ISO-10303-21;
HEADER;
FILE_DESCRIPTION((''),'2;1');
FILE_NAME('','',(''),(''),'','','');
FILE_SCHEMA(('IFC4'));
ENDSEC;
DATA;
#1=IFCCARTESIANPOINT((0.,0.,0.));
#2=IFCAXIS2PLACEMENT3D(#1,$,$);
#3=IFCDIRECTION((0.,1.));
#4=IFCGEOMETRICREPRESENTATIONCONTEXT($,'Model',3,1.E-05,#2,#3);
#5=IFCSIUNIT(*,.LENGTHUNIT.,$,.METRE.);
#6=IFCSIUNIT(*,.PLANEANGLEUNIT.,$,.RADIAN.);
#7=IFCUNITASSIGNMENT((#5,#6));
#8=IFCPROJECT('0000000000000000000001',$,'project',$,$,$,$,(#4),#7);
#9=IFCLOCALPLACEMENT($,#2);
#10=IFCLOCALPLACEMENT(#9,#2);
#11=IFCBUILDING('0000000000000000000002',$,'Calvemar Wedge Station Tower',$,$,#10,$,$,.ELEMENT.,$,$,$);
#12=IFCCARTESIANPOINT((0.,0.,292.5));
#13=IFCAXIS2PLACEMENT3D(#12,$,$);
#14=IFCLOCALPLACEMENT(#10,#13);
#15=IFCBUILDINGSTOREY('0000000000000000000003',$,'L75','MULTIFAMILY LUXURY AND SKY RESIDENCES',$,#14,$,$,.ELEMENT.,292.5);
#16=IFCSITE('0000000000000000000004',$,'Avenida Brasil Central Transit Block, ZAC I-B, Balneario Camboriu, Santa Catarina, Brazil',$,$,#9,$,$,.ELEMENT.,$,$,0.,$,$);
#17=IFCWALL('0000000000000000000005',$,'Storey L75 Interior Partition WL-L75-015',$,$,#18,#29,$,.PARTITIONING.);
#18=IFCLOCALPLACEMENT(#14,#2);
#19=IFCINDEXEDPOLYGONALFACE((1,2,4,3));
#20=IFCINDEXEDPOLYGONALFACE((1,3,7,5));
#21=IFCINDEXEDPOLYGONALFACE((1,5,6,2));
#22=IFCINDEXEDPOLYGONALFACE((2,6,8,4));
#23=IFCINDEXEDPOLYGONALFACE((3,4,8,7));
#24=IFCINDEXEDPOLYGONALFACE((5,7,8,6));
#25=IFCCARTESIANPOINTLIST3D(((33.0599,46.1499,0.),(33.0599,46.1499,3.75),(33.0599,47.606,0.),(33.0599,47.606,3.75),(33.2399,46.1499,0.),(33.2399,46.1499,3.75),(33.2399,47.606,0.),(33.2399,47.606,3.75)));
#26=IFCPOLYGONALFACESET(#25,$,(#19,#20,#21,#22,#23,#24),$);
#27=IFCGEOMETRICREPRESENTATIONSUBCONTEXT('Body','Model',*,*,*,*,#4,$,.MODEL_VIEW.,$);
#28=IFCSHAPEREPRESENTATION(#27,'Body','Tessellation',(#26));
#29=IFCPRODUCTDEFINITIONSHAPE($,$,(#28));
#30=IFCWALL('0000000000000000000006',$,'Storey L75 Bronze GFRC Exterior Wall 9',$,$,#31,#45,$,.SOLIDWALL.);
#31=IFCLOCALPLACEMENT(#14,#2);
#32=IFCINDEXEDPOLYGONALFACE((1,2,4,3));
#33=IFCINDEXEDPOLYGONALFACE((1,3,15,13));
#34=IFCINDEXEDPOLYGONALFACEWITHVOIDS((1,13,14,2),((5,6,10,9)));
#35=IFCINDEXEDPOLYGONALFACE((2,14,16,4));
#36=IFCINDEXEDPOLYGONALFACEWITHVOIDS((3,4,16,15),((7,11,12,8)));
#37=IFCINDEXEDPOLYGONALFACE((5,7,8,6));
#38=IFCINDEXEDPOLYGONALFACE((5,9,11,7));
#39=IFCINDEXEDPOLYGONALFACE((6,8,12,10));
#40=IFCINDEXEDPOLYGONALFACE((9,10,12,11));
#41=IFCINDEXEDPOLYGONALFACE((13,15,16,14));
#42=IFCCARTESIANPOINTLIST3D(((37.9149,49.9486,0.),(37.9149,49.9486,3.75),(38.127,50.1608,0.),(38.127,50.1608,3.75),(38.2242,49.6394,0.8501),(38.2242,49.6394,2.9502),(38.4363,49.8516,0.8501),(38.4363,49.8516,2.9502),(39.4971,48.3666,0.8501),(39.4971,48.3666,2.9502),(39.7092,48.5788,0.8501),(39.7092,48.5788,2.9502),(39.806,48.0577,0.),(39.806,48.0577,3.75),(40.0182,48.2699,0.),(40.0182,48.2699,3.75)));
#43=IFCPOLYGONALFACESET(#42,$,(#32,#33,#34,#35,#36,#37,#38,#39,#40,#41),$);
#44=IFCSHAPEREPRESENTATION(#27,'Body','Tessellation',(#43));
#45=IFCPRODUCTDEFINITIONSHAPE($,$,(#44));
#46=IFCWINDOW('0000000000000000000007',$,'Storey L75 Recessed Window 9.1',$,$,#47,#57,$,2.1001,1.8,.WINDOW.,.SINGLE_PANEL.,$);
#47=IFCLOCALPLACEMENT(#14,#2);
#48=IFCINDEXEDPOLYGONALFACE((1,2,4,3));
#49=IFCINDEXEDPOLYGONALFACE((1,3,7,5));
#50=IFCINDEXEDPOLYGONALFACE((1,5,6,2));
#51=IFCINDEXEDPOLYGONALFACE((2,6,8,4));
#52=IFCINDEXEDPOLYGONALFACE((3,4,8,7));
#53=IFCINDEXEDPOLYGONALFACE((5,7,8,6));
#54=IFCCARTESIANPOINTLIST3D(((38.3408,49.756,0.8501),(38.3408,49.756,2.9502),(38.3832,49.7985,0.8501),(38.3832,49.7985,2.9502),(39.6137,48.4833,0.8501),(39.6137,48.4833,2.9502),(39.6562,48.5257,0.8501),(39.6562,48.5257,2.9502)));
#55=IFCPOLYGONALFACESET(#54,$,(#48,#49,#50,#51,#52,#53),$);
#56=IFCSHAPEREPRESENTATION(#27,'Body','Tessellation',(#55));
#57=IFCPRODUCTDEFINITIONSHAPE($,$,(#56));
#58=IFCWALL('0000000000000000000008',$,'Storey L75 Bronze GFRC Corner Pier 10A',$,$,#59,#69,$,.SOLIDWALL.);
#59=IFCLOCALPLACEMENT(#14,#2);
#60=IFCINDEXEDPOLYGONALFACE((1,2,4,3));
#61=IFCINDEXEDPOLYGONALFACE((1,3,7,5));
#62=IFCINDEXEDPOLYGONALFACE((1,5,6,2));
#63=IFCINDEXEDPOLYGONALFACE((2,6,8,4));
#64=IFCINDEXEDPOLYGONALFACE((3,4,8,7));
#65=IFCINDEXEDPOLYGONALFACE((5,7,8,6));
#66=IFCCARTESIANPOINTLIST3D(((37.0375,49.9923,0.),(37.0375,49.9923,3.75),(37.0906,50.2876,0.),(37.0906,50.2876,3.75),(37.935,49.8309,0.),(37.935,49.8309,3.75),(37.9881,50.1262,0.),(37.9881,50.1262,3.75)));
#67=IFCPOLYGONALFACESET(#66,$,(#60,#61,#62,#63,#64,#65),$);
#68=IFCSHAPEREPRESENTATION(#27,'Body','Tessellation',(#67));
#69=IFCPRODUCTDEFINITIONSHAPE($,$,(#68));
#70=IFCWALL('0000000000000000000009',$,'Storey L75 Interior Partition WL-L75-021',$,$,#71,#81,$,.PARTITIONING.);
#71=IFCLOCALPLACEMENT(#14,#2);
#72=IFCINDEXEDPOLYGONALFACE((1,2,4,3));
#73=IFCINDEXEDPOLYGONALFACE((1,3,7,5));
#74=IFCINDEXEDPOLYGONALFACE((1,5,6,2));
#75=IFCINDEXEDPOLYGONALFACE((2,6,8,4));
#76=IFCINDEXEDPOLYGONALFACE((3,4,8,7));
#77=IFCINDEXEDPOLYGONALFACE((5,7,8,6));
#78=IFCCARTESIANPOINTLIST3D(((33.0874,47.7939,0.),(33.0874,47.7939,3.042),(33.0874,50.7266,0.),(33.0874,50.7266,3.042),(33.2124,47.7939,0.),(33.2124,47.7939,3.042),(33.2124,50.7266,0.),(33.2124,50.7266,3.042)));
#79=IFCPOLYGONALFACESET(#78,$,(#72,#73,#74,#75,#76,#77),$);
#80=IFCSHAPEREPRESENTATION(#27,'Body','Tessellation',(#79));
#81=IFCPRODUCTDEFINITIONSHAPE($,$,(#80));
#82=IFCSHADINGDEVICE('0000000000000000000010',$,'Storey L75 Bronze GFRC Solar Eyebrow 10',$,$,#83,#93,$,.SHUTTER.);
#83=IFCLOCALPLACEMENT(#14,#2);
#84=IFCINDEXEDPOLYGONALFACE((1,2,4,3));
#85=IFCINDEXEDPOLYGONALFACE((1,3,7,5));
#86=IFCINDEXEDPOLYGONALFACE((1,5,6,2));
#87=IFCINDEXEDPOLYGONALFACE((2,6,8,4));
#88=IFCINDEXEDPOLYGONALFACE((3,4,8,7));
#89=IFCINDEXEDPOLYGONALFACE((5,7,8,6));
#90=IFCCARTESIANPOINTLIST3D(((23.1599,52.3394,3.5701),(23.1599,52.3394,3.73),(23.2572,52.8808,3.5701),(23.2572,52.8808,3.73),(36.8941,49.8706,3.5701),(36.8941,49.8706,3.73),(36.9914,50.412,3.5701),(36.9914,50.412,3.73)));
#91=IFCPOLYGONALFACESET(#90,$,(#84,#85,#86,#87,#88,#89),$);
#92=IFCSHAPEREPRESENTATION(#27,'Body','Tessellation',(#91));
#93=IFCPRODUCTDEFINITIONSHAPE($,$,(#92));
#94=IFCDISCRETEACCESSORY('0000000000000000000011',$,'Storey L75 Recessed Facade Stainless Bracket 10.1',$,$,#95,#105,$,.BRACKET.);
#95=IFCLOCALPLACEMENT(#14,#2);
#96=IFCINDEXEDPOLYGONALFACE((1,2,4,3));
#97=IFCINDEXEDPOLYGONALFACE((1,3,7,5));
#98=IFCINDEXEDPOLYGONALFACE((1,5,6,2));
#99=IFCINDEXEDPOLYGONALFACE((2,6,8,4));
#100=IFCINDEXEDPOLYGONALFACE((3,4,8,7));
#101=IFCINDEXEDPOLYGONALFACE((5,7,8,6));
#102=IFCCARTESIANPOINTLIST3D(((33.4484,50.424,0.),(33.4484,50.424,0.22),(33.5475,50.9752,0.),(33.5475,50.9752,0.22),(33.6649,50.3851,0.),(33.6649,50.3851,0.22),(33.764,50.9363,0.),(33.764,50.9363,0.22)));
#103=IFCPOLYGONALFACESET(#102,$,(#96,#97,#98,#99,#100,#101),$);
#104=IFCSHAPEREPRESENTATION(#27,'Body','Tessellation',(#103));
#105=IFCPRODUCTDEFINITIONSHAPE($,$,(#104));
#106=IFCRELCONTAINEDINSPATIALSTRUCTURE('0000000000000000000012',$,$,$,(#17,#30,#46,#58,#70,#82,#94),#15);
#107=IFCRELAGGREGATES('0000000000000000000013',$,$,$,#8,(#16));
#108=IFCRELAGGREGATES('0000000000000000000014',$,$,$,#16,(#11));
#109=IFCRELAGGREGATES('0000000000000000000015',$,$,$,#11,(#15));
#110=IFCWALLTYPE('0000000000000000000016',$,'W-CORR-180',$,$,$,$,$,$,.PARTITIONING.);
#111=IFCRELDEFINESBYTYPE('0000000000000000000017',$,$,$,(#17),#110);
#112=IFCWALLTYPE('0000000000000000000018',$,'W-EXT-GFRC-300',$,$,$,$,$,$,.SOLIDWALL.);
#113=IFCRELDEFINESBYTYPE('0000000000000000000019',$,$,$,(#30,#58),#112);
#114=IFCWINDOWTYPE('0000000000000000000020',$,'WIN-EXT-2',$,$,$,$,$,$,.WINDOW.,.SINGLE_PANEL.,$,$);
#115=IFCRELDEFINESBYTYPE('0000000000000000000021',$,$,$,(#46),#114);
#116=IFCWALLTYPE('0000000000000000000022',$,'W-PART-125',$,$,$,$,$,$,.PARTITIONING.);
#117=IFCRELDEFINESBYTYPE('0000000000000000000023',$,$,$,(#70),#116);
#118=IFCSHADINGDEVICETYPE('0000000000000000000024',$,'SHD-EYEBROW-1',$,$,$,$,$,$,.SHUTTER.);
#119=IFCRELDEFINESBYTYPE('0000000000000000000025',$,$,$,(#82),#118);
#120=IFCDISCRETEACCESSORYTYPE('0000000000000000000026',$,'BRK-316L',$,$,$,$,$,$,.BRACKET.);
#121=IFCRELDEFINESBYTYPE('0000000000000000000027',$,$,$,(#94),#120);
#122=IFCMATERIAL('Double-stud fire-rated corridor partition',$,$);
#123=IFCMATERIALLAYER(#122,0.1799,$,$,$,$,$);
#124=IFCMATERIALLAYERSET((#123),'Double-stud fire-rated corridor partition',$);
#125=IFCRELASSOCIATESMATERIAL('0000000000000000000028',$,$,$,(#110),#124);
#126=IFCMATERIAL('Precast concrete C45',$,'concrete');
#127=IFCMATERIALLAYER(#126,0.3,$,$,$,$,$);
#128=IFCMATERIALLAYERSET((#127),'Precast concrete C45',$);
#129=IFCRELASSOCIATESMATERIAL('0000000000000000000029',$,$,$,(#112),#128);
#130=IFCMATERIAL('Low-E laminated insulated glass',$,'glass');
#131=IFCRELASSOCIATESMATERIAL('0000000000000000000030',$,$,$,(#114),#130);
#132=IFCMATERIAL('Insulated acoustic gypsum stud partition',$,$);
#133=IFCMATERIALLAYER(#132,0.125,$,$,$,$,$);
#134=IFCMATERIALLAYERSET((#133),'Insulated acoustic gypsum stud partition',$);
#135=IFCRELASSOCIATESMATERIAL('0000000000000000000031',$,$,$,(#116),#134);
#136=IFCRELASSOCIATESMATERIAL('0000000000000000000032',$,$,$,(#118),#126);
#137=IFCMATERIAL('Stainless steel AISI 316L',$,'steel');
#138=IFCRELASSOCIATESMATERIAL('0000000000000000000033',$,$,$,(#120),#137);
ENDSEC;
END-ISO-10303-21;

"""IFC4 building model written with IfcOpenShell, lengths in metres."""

from ifc_helpers import new_model, si_unit, direction, frame, frame_2d, origin, origin_2d, place, context, subcontext, project, spatial, rectangle, extrude, source, transform, mapped, material, layer, layer_set, type_object, element, fill, save


model = new_model("IFC4")

# Units and contexts
model_context = context("Model", 3, precision=1e-05, world=origin(), true_north=direction((0.0, 1.0)))
body_context = subcontext(model_context, "Body", "Model", "MODEL_VIEW")
ifc_project = project(units=[si_unit("LENGTHUNIT", "METRE"), si_unit("PLANEANGLEUNIT", "RADIAN")], contexts=[model_context])

# Site, building, storey
site_placement = place(None, origin())
site = spatial("IfcSite", under=ifc_project, at=site_placement, Name="Avenida Brasil Central Transit Block, ZAC I-B, Balneario Camboriu, Santa Catarina, Brazil", CompositionType="ELEMENT", RefElevation=0.0)
building_placement = place(site_placement, origin())
building = spatial("IfcBuilding", under=site, at=building_placement, Name="Calvemar Wedge Station Tower", CompositionType="ELEMENT")
storey_placement = place(building_placement, frame((0.0, 0.0, 292.5)))
storey = spatial("IfcBuildingStorey", under=building, at=storey_placement, Name="L75", Description="MULTIFAMILY LUXURY AND SKY RESIDENCES", CompositionType="ELEMENT", Elevation=292.5)

# Shared definitions
ifc_material_1 = material(Name="Low-E laminated insulated glass", Category="glass")

# Wall
ifc_material_2 = material(Name="Double-stud fire-rated corridor partition")
ifc_layer_1 = layer(ifc_material_2, 0.1799)
ifc_layer_set_1 = layer_set([ifc_layer_1], Name="Double-stud fire-rated corridor partition")
wall_type_1 = type_object("IfcWallType", Name="W-CORR-180", PredefinedType="PARTITIONING", material=ifc_layer_set_1)
wall_1_placement = place(storey_placement, frame((33.1499, 47.606, 0.0), z_axis=(0.0, 0.0, 1.0), x_axis=(0.0, -1.0, 0.0)))
element("IfcWall", 1, at=wall_1_placement, inside=storey, type_object=wall_type_1, Name="Storey L75 Interior Partition WL-L75-015", PredefinedType="PARTITIONING", context=body_context, shape_type="SweptSolid", body=[
    extrude(rectangle(XDim=1.4561, YDim=0.1799, at=frame_2d((0.728, 0.0))), origin(), (0.0, 0.0, 1.0), 3.75),
])

# Wall, opening, window
ifc_material_3 = material(Name="Precast concrete C45", Category="concrete")
ifc_layer_2 = layer(ifc_material_3, 0.3)
ifc_layer_set_2 = layer_set([ifc_layer_2], Name="Precast concrete C45")
wall_type_2 = type_object("IfcWallType", Name="W-EXT-GFRC-300", PredefinedType="SOLIDWALL", material=ifc_layer_set_2)
wall_2_placement = place(storey_placement, frame((39.9121, 48.1638, 0.0), z_axis=(0.0, 0.0, 1.0), x_axis=(-0.707152, 0.707061, 0.0)))
wall_2 = element("IfcWall", 2, at=wall_2_placement, inside=storey, type_object=wall_type_2, Name="Storey L75 Bronze GFRC Exterior Wall 9", PredefinedType="SOLIDWALL", context=body_context, shape_type="SweptSolid", body=[
    extrude(rectangle(XDim=2.6743, YDim=0.3, at=frame_2d((1.3372, 0.0))), origin(), (0.0, 0.0, 1.0), 3.75),
])
shared_shape_1 = source(origin(), body_context, "Body", "SweptSolid", [
    extrude(rectangle(XDim=1.8, YDim=2.1001, at=frame_2d((0.8999, 1.05))), frame((0.0, 0.1602, 0.0), z_axis=(0.0, -1.0, 0.0), x_axis=(1.0, 0.0, 0.0)), (0.0, 0.0, 1.0), 0.3201),
])
opening_1_placement = place(wall_2_placement, frame((0.437, 0.0, 0.8501)))
opening_1 = element("IfcOpeningElement", 3, at=opening_1_placement, cuts=wall_2, PredefinedType="OPENING", context=body_context, shape_type="MappedRepresentation", body=[
    mapped(shared_shape_1, transform((0.0, 0.0, 0.0), scale=1.0)),
])
window_type = type_object("IfcWindowType", Name="WIN-EXT-2", PartitioningType="SINGLE_PANEL", PredefinedType="WINDOW", material=ifc_material_1)
shared_shape_2 = source(origin(), body_context, "Body", "SweptSolid", [
    extrude(rectangle(XDim=1.8, YDim=2.1001, at=frame_2d((0.8999, 1.05))), frame((0.0, -0.0149, 0.0), z_axis=(0.0, -1.0, 0.0), x_axis=(1.0, 0.0, 0.0)), (0.0, 0.0, 1.0), 0.0601),
])
window_placement = place(opening_1_placement, origin())
window = element("IfcWindow", 4, at=window_placement, inside=storey, type_object=window_type, Name="Storey L75 Recessed Window 9.1", OverallHeight=2.1001, OverallWidth=1.8, PartitioningType="SINGLE_PANEL", PredefinedType="WINDOW", context=body_context, shape_type="MappedRepresentation", body=[
    mapped(shared_shape_2, transform((0.0, 0.0, 0.0), scale=1.0)),
])
fill(opening_1, window)

# Walls
wall_3_placement = place(storey_placement, frame((37.9617, 49.9785, 0.0), z_axis=(0.0, 0.0, 1.0), x_axis=(-0.984215, 0.176977, 0.0)))
element("IfcWall", 5, at=wall_3_placement, inside=storey, type_object=wall_type_2, Name="Storey L75 Bronze GFRC Corner Pier 10A", PredefinedType="SOLIDWALL", context=body_context, shape_type="SweptSolid", body=[
    extrude(rectangle(XDim=0.9119, YDim=0.3, at=frame_2d((0.4561, 0.0))), origin(), (0.0, 0.0, 1.0), 3.75),
])
ifc_material_4 = material(Name="Insulated acoustic gypsum stud partition")
ifc_layer_3 = layer(ifc_material_4, 0.125)
ifc_layer_set_3 = layer_set([ifc_layer_3], Name="Insulated acoustic gypsum stud partition")
wall_type_3 = type_object("IfcWallType", Name="W-PART-125", PredefinedType="PARTITIONING", material=ifc_layer_set_3)
wall_4_placement = place(storey_placement, frame((33.1499, 50.7266, 0.0), z_axis=(0.0, 0.0, 1.0), x_axis=(0.0, -1.0, 0.0)))
element("IfcWall", 6, at=wall_4_placement, inside=storey, type_object=wall_type_3, Name="Storey L75 Interior Partition WL-L75-021", PredefinedType="PARTITIONING", context=body_context, shape_type="SweptSolid", body=[
    extrude(rectangle(XDim=2.9326, YDim=0.125, at=frame_2d((1.4663, 0.0))), origin(), (0.0, 0.0, 1.0), 3.042),
])

# Shading device
shading_device_type = type_object("IfcShadingDeviceType", Name="SHD-EYEBROW-1", PredefinedType="SHUTTER", material=ifc_material_3)
shading_device_placement = place(storey_placement, frame((36.9426, 50.1414, 3.5701), z_axis=(0.0, 0.0, 1.0), x_axis=(-0.984226, 0.176917, 0.0)))
element("IfcShadingDevice", 7, at=shading_device_placement, inside=storey, type_object=shading_device_type, Name="Storey L75 Bronze GFRC Solar Eyebrow 10", PredefinedType="SHUTTER", context=body_context, shape_type="SweptSolid", body=[
    extrude(rectangle(XDim=13.9543, YDim=0.55, at=frame_2d((6.9771, 0.0))), origin(), (0.0, 0.0, 1.0), 0.1599),
])

# Discrete accessory
ifc_material_5 = material(Name="Stainless steel AISI 316L", Category="steel")
discrete_accessory_type = type_object("IfcDiscreteAccessoryType", Name="BRK-316L", PredefinedType="BRACKET", material=ifc_material_5)
shared_shape_3 = source(origin(), body_context, "Body", "SweptSolid", [
    extrude(rectangle(XDim=0.22, YDim=0.5601, at=origin_2d()), origin(), (0.0, 0.0, 1.0), 0.22),
])
discrete_accessory_placement = place(storey_placement, frame((33.6062, 50.6802, 0.0), z_axis=(0.0, 0.0, 1.0), x_axis=(-0.984227, 0.176913, 0.0)))
element("IfcDiscreteAccessory", 8, at=discrete_accessory_placement, inside=storey, type_object=discrete_accessory_type, Name="Storey L75 Recessed Facade Stainless Bracket 10.1", PredefinedType="BRACKET", context=body_context, shape_type="MappedRepresentation", body=[
    mapped(shared_shape_3, transform((0.0, 0.0, 0.0), scale=1.0)),
])

save(model, "model.ifc")
